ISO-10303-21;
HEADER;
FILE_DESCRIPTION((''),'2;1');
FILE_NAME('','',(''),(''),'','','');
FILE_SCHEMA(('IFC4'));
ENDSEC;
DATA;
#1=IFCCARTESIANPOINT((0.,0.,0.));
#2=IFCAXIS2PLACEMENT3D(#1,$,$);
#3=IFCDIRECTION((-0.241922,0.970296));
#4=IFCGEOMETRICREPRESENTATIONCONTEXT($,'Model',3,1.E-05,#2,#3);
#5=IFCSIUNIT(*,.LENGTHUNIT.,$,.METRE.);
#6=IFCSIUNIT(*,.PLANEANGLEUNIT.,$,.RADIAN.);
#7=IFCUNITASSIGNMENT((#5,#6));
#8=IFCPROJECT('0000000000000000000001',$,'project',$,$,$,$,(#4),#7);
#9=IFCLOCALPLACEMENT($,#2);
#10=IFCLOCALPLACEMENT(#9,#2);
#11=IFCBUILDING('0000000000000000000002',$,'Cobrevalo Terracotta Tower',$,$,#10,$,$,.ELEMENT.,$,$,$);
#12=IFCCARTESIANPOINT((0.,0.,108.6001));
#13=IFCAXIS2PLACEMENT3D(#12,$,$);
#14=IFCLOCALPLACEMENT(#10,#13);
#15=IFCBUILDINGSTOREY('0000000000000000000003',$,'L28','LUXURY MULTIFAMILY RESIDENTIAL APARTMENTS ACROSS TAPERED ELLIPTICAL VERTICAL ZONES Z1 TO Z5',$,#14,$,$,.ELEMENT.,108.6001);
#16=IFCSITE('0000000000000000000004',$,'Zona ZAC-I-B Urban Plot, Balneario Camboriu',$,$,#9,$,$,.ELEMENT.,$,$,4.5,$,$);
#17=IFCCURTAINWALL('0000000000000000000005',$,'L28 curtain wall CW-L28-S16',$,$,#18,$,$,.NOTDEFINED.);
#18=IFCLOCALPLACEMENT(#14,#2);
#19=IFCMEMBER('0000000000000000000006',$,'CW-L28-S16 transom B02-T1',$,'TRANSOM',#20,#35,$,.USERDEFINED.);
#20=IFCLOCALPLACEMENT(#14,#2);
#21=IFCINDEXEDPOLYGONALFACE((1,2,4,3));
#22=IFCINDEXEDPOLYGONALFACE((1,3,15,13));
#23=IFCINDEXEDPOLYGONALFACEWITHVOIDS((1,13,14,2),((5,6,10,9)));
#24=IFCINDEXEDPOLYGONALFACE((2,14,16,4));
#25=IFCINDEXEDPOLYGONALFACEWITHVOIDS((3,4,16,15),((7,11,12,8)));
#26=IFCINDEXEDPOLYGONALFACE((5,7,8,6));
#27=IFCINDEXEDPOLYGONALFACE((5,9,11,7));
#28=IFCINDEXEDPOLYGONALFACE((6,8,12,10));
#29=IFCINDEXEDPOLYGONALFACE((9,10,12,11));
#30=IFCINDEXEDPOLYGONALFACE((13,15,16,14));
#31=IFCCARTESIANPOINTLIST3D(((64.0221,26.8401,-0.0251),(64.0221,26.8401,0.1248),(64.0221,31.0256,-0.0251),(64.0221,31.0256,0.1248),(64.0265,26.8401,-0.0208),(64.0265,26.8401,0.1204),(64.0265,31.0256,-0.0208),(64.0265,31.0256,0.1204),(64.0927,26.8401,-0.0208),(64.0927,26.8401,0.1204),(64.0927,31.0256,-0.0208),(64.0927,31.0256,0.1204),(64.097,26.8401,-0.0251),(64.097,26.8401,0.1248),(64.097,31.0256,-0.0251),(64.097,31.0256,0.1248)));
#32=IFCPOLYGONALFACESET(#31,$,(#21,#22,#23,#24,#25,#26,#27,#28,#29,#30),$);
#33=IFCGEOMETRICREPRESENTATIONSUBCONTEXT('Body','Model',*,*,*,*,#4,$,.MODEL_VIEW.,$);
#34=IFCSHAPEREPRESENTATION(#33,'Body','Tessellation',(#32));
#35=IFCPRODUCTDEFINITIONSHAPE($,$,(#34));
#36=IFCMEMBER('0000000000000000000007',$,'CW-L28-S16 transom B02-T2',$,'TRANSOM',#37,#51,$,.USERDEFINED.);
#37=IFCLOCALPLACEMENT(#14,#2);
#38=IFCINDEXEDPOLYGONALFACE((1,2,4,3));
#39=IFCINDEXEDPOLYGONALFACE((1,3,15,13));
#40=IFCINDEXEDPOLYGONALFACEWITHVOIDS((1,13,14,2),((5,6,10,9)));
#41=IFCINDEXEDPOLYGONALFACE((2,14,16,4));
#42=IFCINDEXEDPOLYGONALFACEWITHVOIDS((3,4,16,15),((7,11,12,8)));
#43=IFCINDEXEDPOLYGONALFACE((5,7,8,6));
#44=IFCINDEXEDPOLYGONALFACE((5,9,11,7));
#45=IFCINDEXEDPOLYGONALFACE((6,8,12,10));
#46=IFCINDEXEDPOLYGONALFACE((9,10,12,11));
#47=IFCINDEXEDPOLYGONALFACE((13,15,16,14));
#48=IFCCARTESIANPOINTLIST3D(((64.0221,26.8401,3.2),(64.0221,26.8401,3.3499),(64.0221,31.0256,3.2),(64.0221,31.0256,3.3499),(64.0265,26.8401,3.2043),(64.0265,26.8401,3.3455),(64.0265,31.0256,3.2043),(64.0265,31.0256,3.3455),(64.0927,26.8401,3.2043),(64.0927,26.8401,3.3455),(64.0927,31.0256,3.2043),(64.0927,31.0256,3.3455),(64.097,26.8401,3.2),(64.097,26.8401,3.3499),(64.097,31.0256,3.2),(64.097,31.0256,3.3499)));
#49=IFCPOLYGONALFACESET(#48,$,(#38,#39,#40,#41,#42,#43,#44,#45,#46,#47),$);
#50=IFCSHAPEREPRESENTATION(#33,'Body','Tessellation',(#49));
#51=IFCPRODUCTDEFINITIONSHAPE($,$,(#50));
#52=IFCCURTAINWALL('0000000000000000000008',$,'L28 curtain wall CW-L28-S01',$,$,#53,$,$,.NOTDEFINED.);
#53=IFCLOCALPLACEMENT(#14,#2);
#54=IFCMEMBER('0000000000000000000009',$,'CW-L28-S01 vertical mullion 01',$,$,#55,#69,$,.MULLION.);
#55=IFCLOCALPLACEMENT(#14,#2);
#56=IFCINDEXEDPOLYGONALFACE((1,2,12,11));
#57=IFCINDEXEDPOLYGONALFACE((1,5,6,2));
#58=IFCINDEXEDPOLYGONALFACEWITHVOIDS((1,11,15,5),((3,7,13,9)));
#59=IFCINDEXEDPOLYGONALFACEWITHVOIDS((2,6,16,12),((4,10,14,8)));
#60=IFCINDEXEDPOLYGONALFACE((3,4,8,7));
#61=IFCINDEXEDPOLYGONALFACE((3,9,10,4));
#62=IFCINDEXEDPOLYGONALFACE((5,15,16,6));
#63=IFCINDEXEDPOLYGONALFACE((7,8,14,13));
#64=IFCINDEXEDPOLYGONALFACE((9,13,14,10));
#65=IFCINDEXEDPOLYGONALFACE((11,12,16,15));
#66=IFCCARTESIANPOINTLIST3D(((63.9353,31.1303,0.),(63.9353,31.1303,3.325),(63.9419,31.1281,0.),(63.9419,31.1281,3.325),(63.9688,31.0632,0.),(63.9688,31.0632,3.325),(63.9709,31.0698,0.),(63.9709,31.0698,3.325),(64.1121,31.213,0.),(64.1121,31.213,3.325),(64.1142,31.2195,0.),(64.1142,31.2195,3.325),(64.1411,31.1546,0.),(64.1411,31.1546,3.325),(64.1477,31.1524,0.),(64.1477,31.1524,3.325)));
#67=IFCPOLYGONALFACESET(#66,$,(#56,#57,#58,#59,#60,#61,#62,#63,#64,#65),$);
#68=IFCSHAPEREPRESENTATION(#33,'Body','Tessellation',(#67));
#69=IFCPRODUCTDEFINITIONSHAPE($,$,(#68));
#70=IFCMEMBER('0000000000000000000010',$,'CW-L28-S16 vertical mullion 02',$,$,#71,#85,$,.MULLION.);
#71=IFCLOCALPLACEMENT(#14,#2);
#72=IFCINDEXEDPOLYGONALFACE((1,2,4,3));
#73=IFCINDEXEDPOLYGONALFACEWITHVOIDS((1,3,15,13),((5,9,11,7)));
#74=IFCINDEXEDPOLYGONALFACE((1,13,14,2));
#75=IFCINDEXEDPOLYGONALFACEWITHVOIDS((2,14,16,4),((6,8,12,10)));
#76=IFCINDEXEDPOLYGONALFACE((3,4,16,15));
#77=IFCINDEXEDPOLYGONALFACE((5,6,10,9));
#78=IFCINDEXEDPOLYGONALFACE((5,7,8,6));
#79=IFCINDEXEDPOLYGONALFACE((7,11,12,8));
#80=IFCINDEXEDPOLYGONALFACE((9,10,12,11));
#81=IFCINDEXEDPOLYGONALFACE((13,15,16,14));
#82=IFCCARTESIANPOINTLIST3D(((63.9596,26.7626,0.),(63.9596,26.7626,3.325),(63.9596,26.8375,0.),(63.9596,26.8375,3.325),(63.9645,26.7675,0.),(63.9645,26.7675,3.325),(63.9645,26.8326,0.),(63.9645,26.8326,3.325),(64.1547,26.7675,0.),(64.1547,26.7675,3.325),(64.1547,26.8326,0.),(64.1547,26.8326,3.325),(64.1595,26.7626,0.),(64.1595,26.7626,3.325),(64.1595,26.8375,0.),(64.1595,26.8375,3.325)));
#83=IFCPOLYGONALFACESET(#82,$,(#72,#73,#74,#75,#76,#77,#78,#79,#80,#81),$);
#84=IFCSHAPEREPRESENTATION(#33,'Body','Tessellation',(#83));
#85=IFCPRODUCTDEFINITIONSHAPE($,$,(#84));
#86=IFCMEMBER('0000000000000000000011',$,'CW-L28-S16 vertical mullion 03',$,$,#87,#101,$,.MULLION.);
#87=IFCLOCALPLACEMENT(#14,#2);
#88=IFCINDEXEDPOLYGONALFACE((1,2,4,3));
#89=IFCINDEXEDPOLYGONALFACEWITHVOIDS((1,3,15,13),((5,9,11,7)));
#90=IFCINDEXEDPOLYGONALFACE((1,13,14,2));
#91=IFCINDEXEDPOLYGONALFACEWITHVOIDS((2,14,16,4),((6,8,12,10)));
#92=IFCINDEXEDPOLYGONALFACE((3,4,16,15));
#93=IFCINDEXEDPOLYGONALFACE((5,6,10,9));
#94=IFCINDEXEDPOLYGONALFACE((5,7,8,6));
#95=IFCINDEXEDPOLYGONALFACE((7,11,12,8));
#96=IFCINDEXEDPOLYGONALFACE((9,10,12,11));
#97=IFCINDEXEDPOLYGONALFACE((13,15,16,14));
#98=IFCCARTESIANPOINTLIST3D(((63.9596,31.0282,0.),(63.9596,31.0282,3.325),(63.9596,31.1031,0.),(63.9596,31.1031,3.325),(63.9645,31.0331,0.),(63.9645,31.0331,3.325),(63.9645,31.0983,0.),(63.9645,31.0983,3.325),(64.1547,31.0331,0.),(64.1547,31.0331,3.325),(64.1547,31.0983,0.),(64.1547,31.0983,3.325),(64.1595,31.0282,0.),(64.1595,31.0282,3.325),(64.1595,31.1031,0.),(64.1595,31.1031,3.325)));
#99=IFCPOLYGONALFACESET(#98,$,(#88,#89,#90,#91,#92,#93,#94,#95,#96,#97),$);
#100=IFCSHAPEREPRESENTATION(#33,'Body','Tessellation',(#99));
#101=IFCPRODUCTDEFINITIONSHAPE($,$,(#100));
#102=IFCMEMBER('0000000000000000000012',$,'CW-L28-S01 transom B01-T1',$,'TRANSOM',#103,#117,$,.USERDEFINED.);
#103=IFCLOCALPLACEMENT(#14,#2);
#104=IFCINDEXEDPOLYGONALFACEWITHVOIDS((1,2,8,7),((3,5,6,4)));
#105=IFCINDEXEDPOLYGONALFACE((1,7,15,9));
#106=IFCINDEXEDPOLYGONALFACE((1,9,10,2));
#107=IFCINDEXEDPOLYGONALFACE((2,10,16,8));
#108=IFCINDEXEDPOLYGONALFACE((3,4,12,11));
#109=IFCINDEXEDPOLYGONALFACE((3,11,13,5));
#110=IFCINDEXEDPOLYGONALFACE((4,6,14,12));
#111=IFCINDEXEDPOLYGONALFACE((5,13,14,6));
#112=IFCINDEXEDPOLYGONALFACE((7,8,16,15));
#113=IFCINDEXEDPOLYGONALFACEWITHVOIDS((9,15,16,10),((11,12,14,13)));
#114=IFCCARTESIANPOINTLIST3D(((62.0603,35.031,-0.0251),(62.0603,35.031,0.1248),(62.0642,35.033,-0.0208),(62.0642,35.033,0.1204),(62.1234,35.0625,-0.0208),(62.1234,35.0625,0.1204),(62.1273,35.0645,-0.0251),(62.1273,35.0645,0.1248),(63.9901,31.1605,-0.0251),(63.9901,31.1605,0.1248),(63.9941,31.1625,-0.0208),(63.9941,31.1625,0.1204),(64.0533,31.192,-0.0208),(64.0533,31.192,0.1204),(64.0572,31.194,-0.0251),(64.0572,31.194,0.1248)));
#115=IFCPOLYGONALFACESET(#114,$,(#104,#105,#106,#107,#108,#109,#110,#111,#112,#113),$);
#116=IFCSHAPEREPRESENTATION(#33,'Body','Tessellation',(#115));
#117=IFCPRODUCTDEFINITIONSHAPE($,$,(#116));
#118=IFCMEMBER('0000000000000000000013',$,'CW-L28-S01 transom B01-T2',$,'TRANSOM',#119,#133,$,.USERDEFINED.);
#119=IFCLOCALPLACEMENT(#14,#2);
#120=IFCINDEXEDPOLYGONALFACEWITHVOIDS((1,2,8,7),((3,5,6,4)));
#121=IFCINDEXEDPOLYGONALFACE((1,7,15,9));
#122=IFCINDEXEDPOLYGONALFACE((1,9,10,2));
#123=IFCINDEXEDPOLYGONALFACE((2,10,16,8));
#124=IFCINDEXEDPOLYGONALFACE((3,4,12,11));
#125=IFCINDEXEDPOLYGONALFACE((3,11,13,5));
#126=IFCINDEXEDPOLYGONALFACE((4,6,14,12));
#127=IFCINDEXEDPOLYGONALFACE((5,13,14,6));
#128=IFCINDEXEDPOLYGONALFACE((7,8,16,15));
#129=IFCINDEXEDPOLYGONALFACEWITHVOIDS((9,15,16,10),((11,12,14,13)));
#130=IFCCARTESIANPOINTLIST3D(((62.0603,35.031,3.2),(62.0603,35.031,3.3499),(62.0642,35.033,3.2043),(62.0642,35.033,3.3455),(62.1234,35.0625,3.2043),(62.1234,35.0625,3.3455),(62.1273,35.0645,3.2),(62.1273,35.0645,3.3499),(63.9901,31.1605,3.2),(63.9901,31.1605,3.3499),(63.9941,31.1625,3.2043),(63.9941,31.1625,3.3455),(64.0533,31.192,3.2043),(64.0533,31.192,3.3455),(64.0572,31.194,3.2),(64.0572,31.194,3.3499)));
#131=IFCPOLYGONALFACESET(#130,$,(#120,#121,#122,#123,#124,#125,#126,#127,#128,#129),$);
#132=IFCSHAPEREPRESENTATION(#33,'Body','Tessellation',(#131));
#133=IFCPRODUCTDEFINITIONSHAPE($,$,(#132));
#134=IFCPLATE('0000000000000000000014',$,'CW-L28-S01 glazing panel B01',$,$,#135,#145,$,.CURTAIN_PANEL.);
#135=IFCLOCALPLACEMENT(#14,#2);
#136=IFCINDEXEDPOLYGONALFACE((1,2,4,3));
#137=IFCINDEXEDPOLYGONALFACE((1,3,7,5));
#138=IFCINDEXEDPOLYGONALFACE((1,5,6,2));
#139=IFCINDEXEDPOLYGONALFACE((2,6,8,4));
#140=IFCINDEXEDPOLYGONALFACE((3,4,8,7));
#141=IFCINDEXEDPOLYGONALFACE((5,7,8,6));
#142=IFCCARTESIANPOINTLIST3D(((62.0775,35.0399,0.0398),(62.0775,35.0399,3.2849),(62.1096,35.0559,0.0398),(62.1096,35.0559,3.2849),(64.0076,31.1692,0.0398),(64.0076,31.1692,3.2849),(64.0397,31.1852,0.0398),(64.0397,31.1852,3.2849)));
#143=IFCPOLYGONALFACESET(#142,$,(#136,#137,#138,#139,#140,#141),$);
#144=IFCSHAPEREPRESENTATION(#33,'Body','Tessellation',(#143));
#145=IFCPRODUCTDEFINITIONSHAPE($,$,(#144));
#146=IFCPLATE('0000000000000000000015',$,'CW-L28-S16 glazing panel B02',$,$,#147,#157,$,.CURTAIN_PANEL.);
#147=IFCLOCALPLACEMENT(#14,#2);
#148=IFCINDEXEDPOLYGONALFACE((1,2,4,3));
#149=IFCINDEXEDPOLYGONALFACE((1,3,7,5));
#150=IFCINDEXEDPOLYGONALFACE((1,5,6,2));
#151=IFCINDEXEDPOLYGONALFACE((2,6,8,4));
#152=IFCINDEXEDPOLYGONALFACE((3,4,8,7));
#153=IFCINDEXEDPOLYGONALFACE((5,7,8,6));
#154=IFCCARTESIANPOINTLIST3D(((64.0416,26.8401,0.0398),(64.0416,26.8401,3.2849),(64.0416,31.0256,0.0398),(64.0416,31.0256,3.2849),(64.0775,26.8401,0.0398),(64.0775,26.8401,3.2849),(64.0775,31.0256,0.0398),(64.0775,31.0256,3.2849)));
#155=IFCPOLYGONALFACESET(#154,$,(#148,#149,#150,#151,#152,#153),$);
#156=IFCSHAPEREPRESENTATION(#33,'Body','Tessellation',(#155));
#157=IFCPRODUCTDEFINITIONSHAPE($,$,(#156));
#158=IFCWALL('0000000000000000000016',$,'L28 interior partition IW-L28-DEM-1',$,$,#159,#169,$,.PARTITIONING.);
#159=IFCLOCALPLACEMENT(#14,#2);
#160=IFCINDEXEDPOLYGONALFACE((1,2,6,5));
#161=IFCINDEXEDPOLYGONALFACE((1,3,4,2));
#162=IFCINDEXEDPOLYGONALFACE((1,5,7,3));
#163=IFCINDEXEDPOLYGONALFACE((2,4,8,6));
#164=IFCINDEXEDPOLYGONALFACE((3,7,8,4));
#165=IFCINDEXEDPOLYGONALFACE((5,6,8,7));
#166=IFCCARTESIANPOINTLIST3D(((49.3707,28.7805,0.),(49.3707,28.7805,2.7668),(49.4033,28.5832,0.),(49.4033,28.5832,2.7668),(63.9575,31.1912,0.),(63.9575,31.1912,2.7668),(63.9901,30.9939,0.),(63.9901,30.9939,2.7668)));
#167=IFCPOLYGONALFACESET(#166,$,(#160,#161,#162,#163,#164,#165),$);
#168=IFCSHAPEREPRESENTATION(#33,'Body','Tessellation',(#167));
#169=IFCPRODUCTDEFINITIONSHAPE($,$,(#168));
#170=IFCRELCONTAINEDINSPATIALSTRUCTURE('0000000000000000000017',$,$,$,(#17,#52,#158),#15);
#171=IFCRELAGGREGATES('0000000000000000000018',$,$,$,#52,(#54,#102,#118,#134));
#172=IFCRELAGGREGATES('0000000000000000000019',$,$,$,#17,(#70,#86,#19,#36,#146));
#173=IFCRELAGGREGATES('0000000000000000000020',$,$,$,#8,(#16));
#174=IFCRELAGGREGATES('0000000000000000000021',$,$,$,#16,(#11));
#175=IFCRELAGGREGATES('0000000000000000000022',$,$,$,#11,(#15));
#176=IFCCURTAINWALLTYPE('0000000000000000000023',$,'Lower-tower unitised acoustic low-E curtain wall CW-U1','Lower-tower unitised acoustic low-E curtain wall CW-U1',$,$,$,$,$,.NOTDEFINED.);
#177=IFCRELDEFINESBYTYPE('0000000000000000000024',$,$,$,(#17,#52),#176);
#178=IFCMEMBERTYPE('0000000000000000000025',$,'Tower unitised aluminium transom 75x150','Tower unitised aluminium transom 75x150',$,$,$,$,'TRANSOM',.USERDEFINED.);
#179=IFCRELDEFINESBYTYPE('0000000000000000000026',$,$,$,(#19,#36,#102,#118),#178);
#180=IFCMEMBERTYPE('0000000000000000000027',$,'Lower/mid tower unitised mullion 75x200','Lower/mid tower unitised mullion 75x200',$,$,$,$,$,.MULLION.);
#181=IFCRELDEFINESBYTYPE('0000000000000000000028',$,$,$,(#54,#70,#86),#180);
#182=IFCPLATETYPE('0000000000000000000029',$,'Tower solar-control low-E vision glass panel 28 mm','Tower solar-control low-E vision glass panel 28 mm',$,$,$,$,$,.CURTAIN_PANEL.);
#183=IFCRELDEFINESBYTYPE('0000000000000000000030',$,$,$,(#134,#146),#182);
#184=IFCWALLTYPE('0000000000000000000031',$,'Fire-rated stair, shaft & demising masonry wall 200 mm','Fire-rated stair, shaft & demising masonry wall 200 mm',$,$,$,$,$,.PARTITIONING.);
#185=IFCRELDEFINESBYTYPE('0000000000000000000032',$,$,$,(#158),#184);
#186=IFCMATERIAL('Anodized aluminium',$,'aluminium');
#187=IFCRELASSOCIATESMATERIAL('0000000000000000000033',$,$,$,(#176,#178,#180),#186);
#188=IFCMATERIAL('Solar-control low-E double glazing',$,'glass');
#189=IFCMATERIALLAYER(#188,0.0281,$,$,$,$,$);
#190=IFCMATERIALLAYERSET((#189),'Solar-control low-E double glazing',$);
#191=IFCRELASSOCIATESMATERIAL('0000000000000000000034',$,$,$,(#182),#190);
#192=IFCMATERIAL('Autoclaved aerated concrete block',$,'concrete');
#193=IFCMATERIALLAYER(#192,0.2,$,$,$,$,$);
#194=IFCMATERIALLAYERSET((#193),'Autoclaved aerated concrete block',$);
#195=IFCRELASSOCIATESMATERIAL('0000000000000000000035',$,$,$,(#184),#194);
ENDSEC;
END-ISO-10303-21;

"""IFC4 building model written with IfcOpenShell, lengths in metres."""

from ifc_helpers import new_model, si_unit, direction, frame, frame_2d, origin, origin_2d, place, context, subcontext, project, spatial, rectangle, hollow_rectangle, extrude, source, transform, mapped, material, layer, layer_set, material_profile, profile_set, type_object, element, aggregate, save


model = new_model("IFC4")

# Units and contexts
model_context = context("Model", 3, precision=1e-05, world=origin(), true_north=direction((-0.241922, 0.970296)))
body_context = subcontext(model_context, "Body", "Model", "MODEL_VIEW")
ifc_project = project(units=[si_unit("LENGTHUNIT", "METRE"), si_unit("PLANEANGLEUNIT", "RADIAN")], contexts=[model_context])

# Site, building, storey
site_placement = place(None, origin())
site = spatial("IfcSite", under=ifc_project, at=site_placement, Name="Zona ZAC-I-B Urban Plot, Balneario Camboriu", CompositionType="ELEMENT", RefElevation=4.5)
building_placement = place(site_placement, origin())
building = spatial("IfcBuilding", under=site, at=building_placement, Name="Cobrevalo Terracotta Tower", CompositionType="ELEMENT")
storey_placement = place(building_placement, frame((0.0, 0.0, 108.6001)))
storey = spatial("IfcBuildingStorey", under=building, at=storey_placement, Name="L28", Description="LUXURY MULTIFAMILY RESIDENTIAL APARTMENTS ACROSS TAPERED ELLIPTICAL VERTICAL ZONES Z1 TO Z5", CompositionType="ELEMENT", Elevation=108.6001)

# Curtain wall, members
ifc_material_1 = material(Name="Anodized aluminium", Category="aluminium")
curtain_wall_type = type_object("IfcCurtainWallType", Name="Lower-tower unitised acoustic low-E curtain wall CW-U1", Description="Lower-tower unitised acoustic low-E curtain wall CW-U1", PredefinedType="NOTDEFINED", material=ifc_material_1)
curtain_wall_1_placement = place(storey_placement, origin())
curtain_wall_1 = element("IfcCurtainWall", 1, at=curtain_wall_1_placement, inside=storey, type_object=curtain_wall_type, Name="L28 curtain wall CW-L28-S16", PredefinedType="NOTDEFINED")
ifc_material_profile_1 = material_profile(ifc_material_1, hollow_rectangle(XDim=0.075, YDim=0.1499, WallThickness=0.0044, at=origin_2d()), Name="CWT 75x150")
ifc_profile_set_1 = profile_set([ifc_material_profile_1], Name="Anodized aluminium")
member_type_1 = type_object("IfcMemberType", Name="Tower unitised aluminium transom 75x150", Description="Tower unitised aluminium transom 75x150", ElementType="TRANSOM", PredefinedType="USERDEFINED", material=ifc_profile_set_1)
shared_shape_1 = source(origin(), body_context, "Body", "SweptSolid", [
    extrude(hollow_rectangle(XDim=0.075, YDim=0.1499, WallThickness=0.0044, at=origin_2d()), origin(), (0.0, 0.0, 1.0), 4.1855),
])
member_1_placement = place(storey_placement, frame((64.0596, 26.8401, 0.0498), z_axis=(0.0, 1.0, 0.0), x_axis=(-1.0, 0.0, 0.0)))
member_1 = element("IfcMember", 2, at=member_1_placement, type_object=member_type_1, Name="CW-L28-S16 transom B02-T1", ObjectType="TRANSOM", PredefinedType="USERDEFINED", context=body_context, shape_type="MappedRepresentation", body=[
    mapped(shared_shape_1, transform((0.0, 0.0, 0.0), scale=1.0)),
])
member_2_placement = place(storey_placement, frame((64.0596, 26.8401, 3.2749), z_axis=(0.0, 1.0, 0.0), x_axis=(-1.0, 0.0, 0.0)))
member_2 = element("IfcMember", 3, at=member_2_placement, type_object=member_type_1, Name="CW-L28-S16 transom B02-T2", ObjectType="TRANSOM", PredefinedType="USERDEFINED", context=body_context, shape_type="MappedRepresentation", body=[
    mapped(shared_shape_1, transform((0.0, 0.0, 0.0), scale=1.0)),
])

# Curtain wall, member
curtain_wall_2_placement = place(storey_placement, origin())
curtain_wall_2 = element("IfcCurtainWall", 4, at=curtain_wall_2_placement, inside=storey, type_object=curtain_wall_type, Name="L28 curtain wall CW-L28-S01", PredefinedType="NOTDEFINED")
ifc_material_profile_2 = material_profile(ifc_material_1, hollow_rectangle(XDim=0.075, YDim=0.2, WallThickness=0.0049, at=origin_2d()), Name="CWM 75x200")
ifc_profile_set_2 = profile_set([ifc_material_profile_2], Name="Anodized aluminium")
member_type_2 = type_object("IfcMemberType", Name="Lower/mid tower unitised mullion 75x200", Description="Lower/mid tower unitised mullion 75x200", PredefinedType="MULLION", material=ifc_profile_set_2)
shared_shape_2 = source(origin(), body_context, "Body", "SweptSolid", [
    extrude(hollow_rectangle(XDim=0.075, YDim=0.2, WallThickness=0.0049, at=origin_2d()), origin(), (0.0, 0.0, 1.0), 3.325),
])
member_3_placement = place(storey_placement, frame((64.0415, 31.1414, 0.0), z_axis=(0.0, 0.0, 1.0), x_axis=(-0.44626, 0.894903, 0.0)))
member_3 = element("IfcMember", 5, at=member_3_placement, type_object=member_type_2, Name="CW-L28-S01 vertical mullion 01", PredefinedType="MULLION", context=body_context, shape_type="MappedRepresentation", body=[
    mapped(shared_shape_2, transform((0.0, 0.0, 0.0), scale=1.0)),
])

# Members
member_4_placement = place(storey_placement, frame((64.0596, 26.8, 0.0), z_axis=(0.0, 0.0, 1.0), x_axis=(0.0, 1.0, 0.0)))
member_4 = element("IfcMember", 6, at=member_4_placement, type_object=member_type_2, Name="CW-L28-S16 vertical mullion 02", PredefinedType="MULLION", context=body_context, shape_type="MappedRepresentation", body=[
    mapped(shared_shape_2, transform((0.0, 0.0, 0.0), scale=1.0)),
])
member_5_placement = place(storey_placement, frame((64.0596, 31.0657, 0.0), z_axis=(0.0, 0.0, 1.0), x_axis=(0.0, 1.0, 0.0)))
member_5 = element("IfcMember", 7, at=member_5_placement, type_object=member_type_2, Name="CW-L28-S16 vertical mullion 03", PredefinedType="MULLION", context=body_context, shape_type="MappedRepresentation", body=[
    mapped(shared_shape_2, transform((0.0, 0.0, 0.0), scale=1.0)),
])
shared_shape_3 = source(origin(), body_context, "Body", "SweptSolid", [
    extrude(hollow_rectangle(XDim=0.075, YDim=0.1499, WallThickness=0.0044, at=origin_2d()), origin(), (0.0, 0.0, 1.0), 4.325),
])
member_6_placement = place(storey_placement, frame((64.0237, 31.1772, 0.0498), z_axis=(-0.44622, 0.894923, 0.0), x_axis=(-0.894923, -0.44622, 0.0)))
member_6 = element("IfcMember", 8, at=member_6_placement, type_object=member_type_1, Name="CW-L28-S01 transom B01-T1", ObjectType="TRANSOM", PredefinedType="USERDEFINED", context=body_context, shape_type="MappedRepresentation", body=[
    mapped(shared_shape_3, transform((0.0, 0.0, 0.0), scale=1.0)),
])
member_7_placement = place(storey_placement, frame((64.0237, 31.1772, 3.2749), z_axis=(-0.44622, 0.894923, 0.0), x_axis=(-0.894923, -0.44622, 0.0)))
member_7 = element("IfcMember", 9, at=member_7_placement, type_object=member_type_1, Name="CW-L28-S01 transom B01-T2", ObjectType="TRANSOM", PredefinedType="USERDEFINED", context=body_context, shape_type="MappedRepresentation", body=[
    mapped(shared_shape_3, transform((0.0, 0.0, 0.0), scale=1.0)),
])

# Plates
ifc_material_2 = material(Name="Solar-control low-E double glazing", Category="glass")
ifc_layer_1 = layer(ifc_material_2, 0.0281)
ifc_layer_set_1 = layer_set([ifc_layer_1], Name="Solar-control low-E double glazing")
plate_type = type_object("IfcPlateType", Name="Tower solar-control low-E vision glass panel 28 mm", Description="Tower solar-control low-E vision glass panel 28 mm", PredefinedType="CURTAIN_PANEL", material=ifc_layer_set_1)
shared_shape_4 = source(origin(), body_context, "Body", "SweptSolid", [
    extrude(rectangle(XDim=4.3252, YDim=0.0359, at=origin_2d()), origin(), (0.0, 0.0, 1.0), 3.2451),
])
plate_1_placement = place(storey_placement, frame((63.0586, 33.1125, 0.0398), z_axis=(0.0, 0.0, 1.0), x_axis=(-0.446262, 0.894902, 0.0)))
plate_1 = element("IfcPlate", 10, at=plate_1_placement, type_object=plate_type, Name="CW-L28-S01 glazing panel B01", PredefinedType="CURTAIN_PANEL", context=body_context, shape_type="MappedRepresentation", body=[
    mapped(shared_shape_4, transform((0.0, 0.0, 0.0), scale=1.0)),
])
aggregate(curtain_wall_2, [member_3, member_6, member_7, plate_1])
shared_shape_5 = source(origin(), body_context, "Body", "SweptSolid", [
    extrude(rectangle(XDim=4.1855, YDim=0.0359, at=origin_2d()), origin(), (0.0, 0.0, 1.0), 3.2451),
])
plate_2_placement = place(storey_placement, frame((64.0596, 28.9329, 0.0398), z_axis=(0.0, 0.0, 1.0), x_axis=(0.0, 1.0, 0.0)))
plate_2 = element("IfcPlate", 11, at=plate_2_placement, type_object=plate_type, Name="CW-L28-S16 glazing panel B02", PredefinedType="CURTAIN_PANEL", context=body_context, shape_type="MappedRepresentation", body=[
    mapped(shared_shape_5, transform((0.0, 0.0, 0.0), scale=1.0)),
])
aggregate(curtain_wall_1, [member_4, member_5, member_1, member_2, plate_2])

# Wall
ifc_material_3 = material(Name="Autoclaved aerated concrete block", Category="concrete")
ifc_layer_2 = layer(ifc_material_3, 0.2)
ifc_layer_set_2 = layer_set([ifc_layer_2], Name="Autoclaved aerated concrete block")
wall_type_1 = type_object("IfcWallType", Name="Fire-rated stair, shaft & demising masonry wall 200 mm", Description="Fire-rated stair, shaft & demising masonry wall 200 mm", PredefinedType="PARTITIONING", material=ifc_layer_set_2)
wall_1_placement = place(storey_placement, frame((49.387, 28.6819, 0.0), z_axis=(0.0, 0.0, 1.0), x_axis=(0.986618, 0.163049, 0.0)))
element("IfcWall", 12, at=wall_1_placement, inside=storey, type_object=wall_type_1, Name="L28 interior partition IW-L28-DEM-1", PredefinedType="PARTITIONING", context=body_context, shape_type="SweptSolid", body=[
    extrude(rectangle(XDim=14.7847, YDim=0.2, at=frame_2d((7.3923, 0.0))), origin(), (0.0, 0.0, 1.0), 2.7668),
])

save(model, "model.ifc")
